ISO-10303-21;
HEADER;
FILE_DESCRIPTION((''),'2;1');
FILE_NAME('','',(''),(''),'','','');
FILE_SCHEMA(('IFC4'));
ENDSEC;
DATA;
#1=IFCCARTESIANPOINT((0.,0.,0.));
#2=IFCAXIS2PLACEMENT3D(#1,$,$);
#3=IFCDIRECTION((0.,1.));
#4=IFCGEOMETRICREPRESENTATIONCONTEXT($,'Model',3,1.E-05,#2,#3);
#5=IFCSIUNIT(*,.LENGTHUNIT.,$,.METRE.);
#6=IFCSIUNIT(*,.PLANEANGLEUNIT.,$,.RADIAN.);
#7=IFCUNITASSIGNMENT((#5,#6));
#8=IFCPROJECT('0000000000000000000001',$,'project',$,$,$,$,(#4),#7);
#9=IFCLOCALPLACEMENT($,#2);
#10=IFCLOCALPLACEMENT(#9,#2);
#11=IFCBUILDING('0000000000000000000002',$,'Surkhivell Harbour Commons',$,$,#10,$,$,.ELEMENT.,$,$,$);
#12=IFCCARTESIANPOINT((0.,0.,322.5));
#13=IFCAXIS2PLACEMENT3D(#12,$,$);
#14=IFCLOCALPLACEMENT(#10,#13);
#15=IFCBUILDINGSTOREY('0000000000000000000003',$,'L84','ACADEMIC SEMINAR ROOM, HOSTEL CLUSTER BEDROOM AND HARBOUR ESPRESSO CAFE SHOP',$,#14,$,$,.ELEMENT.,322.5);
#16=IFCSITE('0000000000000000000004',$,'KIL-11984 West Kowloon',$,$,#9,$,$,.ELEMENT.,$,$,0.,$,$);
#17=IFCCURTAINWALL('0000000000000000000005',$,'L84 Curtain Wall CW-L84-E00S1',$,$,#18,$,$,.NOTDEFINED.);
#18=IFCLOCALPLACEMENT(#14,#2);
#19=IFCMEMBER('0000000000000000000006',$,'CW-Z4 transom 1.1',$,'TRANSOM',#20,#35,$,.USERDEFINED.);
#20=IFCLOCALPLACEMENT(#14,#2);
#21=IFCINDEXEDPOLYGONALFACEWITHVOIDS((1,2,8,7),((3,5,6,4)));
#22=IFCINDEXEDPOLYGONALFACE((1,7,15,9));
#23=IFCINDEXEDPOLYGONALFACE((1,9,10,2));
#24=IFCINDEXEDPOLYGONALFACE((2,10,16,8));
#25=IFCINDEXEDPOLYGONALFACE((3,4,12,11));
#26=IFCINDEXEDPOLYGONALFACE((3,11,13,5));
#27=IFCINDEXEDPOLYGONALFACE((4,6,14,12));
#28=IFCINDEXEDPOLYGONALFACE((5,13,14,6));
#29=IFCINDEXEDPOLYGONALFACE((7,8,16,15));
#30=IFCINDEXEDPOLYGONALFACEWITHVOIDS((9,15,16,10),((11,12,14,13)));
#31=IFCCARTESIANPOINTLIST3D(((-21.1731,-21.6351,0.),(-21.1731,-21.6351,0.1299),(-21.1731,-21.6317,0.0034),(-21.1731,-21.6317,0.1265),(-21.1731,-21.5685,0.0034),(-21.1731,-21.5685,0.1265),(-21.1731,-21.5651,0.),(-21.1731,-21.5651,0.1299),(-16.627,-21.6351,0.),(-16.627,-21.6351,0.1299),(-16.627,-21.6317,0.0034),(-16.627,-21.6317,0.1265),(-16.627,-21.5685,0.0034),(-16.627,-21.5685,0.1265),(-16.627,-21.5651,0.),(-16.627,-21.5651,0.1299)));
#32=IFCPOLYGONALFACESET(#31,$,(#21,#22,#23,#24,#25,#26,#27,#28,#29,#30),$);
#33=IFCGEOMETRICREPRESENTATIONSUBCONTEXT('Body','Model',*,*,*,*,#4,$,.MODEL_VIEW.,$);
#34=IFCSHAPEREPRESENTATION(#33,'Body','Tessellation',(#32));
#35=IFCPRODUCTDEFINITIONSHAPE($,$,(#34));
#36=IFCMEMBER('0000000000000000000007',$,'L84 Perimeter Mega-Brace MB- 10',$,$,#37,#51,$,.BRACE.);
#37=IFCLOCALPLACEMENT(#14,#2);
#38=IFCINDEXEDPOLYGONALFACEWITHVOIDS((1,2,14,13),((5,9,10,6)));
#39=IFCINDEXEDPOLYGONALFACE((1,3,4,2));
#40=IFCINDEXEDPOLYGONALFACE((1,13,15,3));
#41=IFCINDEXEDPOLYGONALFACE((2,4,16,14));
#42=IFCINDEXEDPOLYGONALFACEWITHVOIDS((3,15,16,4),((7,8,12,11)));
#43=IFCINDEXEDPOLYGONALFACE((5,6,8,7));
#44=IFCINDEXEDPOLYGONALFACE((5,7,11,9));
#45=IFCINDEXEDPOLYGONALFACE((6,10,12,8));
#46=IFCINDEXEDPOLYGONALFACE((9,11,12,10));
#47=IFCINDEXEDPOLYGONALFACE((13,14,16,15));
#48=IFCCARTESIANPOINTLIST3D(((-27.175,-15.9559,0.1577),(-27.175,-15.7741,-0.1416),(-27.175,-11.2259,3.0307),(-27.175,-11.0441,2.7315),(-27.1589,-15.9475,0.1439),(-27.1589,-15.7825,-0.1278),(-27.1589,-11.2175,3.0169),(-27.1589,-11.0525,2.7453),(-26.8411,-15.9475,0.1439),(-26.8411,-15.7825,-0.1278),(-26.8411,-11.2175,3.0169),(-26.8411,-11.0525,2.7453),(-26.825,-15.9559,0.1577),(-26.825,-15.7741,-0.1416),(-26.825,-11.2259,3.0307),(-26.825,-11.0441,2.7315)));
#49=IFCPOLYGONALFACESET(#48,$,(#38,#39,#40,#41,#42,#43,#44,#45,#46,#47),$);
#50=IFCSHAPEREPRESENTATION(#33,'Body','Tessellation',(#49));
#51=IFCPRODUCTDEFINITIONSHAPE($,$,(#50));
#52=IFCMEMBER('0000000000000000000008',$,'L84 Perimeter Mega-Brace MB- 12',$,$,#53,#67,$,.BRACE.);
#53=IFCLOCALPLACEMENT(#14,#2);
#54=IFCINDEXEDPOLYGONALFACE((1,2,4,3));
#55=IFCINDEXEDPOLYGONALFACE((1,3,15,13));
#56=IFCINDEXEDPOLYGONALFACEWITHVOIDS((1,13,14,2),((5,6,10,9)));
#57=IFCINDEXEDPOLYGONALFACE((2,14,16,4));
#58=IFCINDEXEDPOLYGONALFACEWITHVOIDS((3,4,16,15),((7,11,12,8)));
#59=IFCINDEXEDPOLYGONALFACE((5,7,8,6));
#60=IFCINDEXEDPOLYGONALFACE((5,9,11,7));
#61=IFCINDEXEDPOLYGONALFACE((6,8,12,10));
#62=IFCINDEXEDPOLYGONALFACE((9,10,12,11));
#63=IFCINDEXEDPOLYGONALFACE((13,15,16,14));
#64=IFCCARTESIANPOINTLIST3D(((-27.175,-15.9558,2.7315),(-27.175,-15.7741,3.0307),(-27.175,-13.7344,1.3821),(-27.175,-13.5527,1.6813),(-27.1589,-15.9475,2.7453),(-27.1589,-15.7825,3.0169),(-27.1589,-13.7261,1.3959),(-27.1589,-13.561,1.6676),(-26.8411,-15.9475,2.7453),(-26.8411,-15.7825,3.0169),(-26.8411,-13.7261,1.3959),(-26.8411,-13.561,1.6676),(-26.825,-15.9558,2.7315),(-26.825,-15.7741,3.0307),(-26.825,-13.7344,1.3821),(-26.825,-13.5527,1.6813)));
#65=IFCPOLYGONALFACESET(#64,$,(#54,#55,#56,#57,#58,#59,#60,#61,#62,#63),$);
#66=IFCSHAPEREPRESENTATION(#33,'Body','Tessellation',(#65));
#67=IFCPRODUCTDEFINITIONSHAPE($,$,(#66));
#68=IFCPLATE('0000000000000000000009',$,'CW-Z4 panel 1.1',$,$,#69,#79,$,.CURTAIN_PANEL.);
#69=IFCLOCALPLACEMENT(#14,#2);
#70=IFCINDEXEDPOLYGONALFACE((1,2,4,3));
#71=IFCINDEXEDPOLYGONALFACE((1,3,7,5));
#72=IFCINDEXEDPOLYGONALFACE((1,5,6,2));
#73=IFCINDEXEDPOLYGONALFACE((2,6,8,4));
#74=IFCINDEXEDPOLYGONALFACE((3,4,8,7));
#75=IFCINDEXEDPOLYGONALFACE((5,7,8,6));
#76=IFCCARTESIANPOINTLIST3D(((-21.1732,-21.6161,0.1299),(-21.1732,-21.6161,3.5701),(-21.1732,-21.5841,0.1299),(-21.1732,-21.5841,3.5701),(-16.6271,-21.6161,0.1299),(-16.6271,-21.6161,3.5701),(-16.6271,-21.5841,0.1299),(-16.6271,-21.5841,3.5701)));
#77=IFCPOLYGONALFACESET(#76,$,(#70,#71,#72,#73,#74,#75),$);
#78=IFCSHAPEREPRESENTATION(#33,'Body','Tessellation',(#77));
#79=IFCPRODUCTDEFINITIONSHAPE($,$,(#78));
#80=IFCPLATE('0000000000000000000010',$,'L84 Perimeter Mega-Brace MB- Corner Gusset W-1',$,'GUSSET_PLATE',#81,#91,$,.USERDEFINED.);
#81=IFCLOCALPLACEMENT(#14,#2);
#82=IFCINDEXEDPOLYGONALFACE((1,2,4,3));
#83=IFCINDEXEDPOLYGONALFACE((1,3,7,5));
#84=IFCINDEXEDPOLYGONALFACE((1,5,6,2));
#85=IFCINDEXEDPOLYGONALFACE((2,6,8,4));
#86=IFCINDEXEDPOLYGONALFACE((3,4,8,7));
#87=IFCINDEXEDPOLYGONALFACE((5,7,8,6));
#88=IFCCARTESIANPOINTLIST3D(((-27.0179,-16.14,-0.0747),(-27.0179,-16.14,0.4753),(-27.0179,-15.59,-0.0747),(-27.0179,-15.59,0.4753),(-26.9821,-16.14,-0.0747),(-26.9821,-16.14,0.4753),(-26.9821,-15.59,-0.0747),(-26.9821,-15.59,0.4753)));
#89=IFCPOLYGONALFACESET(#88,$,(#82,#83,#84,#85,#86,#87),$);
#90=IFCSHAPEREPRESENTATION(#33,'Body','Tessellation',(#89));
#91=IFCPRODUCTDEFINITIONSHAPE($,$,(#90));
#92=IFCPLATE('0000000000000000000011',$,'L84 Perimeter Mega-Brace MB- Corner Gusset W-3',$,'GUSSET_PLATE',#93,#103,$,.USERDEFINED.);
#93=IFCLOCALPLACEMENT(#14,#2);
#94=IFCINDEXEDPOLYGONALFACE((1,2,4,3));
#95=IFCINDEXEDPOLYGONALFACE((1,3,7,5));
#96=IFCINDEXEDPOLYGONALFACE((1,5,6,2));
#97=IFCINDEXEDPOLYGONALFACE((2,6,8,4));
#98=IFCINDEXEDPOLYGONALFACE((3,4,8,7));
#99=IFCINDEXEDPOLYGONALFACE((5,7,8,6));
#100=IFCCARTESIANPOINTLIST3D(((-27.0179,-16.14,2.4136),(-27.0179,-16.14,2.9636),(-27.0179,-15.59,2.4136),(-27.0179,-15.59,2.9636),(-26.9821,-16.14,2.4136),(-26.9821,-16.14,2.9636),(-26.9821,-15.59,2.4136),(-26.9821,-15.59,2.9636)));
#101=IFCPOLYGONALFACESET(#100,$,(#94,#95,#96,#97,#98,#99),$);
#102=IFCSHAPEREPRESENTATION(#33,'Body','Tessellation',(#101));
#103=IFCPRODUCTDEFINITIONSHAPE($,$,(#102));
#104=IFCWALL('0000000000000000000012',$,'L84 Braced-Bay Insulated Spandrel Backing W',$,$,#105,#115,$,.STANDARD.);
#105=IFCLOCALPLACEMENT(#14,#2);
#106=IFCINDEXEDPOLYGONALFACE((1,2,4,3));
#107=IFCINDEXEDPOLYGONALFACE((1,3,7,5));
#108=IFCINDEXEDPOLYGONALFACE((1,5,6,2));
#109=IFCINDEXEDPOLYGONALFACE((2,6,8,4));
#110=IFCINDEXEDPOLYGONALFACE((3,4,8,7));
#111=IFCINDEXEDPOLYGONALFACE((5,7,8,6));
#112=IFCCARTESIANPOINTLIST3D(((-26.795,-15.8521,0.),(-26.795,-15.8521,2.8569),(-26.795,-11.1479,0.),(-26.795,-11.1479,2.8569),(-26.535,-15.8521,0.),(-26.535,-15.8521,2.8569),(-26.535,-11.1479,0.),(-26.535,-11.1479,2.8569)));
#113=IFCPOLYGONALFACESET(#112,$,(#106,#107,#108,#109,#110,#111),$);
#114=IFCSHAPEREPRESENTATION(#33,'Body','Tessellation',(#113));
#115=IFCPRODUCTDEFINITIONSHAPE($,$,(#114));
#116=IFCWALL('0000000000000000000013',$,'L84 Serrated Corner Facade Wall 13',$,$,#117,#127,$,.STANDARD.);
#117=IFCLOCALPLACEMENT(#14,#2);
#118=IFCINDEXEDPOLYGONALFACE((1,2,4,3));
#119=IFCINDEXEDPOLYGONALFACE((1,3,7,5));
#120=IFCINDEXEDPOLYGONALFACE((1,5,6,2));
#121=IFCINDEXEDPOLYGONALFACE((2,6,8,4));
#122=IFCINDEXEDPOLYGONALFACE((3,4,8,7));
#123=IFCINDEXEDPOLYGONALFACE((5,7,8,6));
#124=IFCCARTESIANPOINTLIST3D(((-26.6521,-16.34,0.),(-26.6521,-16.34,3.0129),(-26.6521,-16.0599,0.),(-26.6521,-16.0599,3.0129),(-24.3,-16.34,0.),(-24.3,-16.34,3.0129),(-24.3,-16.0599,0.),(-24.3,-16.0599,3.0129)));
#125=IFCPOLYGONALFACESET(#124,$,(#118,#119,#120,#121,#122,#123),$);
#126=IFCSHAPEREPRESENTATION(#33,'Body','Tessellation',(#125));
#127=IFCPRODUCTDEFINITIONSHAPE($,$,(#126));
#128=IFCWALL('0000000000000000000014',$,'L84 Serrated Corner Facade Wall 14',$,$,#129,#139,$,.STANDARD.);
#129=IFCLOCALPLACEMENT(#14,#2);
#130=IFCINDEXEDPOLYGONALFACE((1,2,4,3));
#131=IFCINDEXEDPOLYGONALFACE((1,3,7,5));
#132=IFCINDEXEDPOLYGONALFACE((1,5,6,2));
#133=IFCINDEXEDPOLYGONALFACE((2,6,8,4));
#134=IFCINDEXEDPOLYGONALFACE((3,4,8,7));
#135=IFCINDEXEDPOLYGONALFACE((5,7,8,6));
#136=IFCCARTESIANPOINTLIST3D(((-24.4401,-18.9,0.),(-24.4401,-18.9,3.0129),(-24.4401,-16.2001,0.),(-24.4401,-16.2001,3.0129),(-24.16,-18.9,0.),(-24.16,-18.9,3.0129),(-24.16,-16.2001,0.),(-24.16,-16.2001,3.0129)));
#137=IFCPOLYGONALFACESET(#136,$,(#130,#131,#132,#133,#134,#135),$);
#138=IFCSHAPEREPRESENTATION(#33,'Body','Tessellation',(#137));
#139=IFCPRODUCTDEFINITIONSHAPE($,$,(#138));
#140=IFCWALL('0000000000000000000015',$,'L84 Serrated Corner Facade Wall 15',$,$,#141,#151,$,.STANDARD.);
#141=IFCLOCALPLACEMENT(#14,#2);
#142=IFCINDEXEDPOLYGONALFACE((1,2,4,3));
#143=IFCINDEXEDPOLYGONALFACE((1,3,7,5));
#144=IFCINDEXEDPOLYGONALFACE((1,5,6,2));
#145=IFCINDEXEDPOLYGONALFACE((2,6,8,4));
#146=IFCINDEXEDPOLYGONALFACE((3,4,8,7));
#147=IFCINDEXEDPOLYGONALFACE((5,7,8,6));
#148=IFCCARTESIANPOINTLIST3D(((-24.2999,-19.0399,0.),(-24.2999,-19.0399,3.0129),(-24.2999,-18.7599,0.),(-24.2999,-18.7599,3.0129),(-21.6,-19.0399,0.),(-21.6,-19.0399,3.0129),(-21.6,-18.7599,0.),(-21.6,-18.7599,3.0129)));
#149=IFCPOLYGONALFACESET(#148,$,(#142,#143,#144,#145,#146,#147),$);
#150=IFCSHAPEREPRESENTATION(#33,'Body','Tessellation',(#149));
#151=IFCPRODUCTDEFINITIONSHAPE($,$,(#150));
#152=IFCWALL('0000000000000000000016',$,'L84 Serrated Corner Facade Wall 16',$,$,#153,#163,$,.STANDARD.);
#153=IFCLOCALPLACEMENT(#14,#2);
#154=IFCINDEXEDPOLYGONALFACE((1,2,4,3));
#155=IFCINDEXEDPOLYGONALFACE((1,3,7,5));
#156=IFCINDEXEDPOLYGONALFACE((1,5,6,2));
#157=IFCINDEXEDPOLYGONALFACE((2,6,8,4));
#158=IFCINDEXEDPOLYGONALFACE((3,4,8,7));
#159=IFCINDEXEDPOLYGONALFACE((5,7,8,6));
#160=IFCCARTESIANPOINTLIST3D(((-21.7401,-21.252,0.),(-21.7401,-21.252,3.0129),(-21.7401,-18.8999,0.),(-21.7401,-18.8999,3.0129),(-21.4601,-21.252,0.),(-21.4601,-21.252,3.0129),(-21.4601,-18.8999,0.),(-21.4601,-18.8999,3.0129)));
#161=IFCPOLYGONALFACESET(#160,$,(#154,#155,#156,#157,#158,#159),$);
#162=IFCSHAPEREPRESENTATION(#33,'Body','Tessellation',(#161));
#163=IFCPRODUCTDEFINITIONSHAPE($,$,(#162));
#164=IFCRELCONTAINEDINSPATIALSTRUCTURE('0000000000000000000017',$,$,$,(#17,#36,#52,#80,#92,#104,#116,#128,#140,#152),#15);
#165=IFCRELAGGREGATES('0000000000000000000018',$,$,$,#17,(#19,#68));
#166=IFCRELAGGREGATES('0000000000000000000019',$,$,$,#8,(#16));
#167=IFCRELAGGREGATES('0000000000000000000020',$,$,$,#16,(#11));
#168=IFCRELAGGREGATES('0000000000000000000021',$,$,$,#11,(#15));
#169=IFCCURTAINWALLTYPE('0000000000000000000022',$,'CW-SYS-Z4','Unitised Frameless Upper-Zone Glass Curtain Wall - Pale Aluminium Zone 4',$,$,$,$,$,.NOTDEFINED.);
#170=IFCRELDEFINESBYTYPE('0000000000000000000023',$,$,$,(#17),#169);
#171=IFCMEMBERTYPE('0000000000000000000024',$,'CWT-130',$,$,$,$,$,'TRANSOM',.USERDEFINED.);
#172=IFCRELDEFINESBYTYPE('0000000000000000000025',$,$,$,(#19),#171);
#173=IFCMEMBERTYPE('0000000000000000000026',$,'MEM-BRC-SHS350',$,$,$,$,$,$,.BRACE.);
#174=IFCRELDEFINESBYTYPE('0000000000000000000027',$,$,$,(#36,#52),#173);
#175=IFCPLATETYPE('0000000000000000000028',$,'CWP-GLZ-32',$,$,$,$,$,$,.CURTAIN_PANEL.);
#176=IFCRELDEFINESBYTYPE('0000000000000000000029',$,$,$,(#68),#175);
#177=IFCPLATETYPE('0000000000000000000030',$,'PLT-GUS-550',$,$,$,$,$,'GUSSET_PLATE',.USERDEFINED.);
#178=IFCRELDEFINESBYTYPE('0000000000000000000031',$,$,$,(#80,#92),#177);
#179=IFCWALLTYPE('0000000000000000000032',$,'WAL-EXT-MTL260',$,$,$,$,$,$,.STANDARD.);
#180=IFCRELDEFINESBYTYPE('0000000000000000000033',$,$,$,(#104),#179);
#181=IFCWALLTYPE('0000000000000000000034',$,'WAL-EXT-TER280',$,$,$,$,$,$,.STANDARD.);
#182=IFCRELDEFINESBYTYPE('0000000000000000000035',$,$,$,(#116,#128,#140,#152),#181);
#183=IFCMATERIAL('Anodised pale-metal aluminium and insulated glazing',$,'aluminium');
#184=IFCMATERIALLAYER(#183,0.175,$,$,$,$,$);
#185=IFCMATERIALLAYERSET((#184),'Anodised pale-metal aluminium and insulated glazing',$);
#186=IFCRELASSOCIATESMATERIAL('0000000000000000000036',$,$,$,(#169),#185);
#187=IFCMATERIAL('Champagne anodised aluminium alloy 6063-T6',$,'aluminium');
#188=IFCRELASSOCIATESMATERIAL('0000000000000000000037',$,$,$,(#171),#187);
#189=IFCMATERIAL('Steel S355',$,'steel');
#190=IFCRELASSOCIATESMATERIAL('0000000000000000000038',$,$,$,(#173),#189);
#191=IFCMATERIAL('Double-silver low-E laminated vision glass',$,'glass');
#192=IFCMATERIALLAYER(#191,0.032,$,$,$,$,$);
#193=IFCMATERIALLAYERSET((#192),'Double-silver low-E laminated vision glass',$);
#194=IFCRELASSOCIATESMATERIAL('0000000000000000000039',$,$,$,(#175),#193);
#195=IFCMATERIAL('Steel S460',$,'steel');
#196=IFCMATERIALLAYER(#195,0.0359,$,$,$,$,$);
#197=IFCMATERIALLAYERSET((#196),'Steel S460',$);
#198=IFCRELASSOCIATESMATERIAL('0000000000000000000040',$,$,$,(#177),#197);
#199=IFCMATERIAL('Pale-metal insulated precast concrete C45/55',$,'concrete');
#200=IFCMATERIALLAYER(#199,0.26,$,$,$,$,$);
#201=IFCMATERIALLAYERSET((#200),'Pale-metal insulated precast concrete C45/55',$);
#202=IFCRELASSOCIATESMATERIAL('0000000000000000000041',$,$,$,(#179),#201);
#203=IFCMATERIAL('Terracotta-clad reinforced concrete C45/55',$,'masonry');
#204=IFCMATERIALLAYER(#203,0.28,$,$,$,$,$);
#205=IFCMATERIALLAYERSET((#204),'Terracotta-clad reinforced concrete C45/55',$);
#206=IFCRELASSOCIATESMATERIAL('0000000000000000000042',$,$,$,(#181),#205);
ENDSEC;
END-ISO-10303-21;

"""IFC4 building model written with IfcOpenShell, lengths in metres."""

from ifc_helpers import new_model, si_unit, direction, frame, frame_2d, origin, origin_2d, place, context, subcontext, project, spatial, rectangle, hollow_rectangle, extrude, material, layer, layer_set, material_profile, profile_set, type_object, element, aggregate, save


model = new_model("IFC4")

# Units and contexts
model_context = context("Model", 3, precision=1e-05, world=origin(), true_north=direction((0.0, 1.0)))
body_context = subcontext(model_context, "Body", "Model", "MODEL_VIEW")
ifc_project = project(units=[si_unit("LENGTHUNIT", "METRE"), si_unit("PLANEANGLEUNIT", "RADIAN")], contexts=[model_context])

# Site, building, storey
site_placement = place(None, origin())
site = spatial("IfcSite", under=ifc_project, at=site_placement, Name="KIL-11984 West Kowloon", CompositionType="ELEMENT", RefElevation=0.0)
building_placement = place(site_placement, origin())
building = spatial("IfcBuilding", under=site, at=building_placement, Name="Surkhivell Harbour Commons", CompositionType="ELEMENT")
storey_placement = place(building_placement, frame((0.0, 0.0, 322.5)))
storey = spatial("IfcBuildingStorey", under=building, at=storey_placement, Name="L84", Description="ACADEMIC SEMINAR ROOM, HOSTEL CLUSTER BEDROOM AND HARBOUR ESPRESSO CAFE SHOP", CompositionType="ELEMENT", Elevation=322.5)

# Shared definitions
ifc_material_1 = material(Name="Steel S355", Category="steel")

# Curtain wall, member
ifc_material_2 = material(Name="Anodised pale-metal aluminium and insulated glazing", Category="aluminium")
ifc_layer_1 = layer(ifc_material_2, 0.175)
ifc_layer_set_1 = layer_set([ifc_layer_1], Name="Anodised pale-metal aluminium and insulated glazing")
curtain_wall_type = type_object("IfcCurtainWallType", Name="CW-SYS-Z4", Description="Unitised Frameless Upper-Zone Glass Curtain Wall - Pale Aluminium Zone 4", PredefinedType="NOTDEFINED", material=ifc_layer_set_1)
curtain_wall_placement = place(storey_placement, origin())
curtain_wall = element("IfcCurtainWall", 1, at=curtain_wall_placement, inside=storey, type_object=curtain_wall_type, Name="L84 Curtain Wall CW-L84-E00S1", PredefinedType="NOTDEFINED")
ifc_material_3 = material(Name="Champagne anodised aluminium alloy 6063-T6", Category="aluminium")
ifc_material_profile_1 = material_profile(ifc_material_3, hollow_rectangle(XDim=0.0701, YDim=0.1299, WallThickness=0.0034, at=origin_2d()), Name="ALU-TRAN-70x130")
ifc_profile_set_1 = profile_set([ifc_material_profile_1], Name="Champagne anodised aluminium alloy 6063-T6")
member_type_1 = type_object("IfcMemberType", Name="CWT-130", ElementType="TRANSOM", PredefinedType="USERDEFINED", material=ifc_profile_set_1)
member_1_placement = place(storey_placement, frame((-21.1731, -21.6001, 0.0649), z_axis=(1.0, 0.0, 0.0), x_axis=(0.0, 1.0, 0.0)))
member_1 = element("IfcMember", 2, at=member_1_placement, type_object=member_type_1, Name="CW-Z4 transom 1.1", ObjectType="TRANSOM", PredefinedType="USERDEFINED", context=body_context, shape_type="SweptSolid", body=[
    extrude(hollow_rectangle(XDim=0.0701, YDim=0.1299, WallThickness=0.0034, at=origin_2d()), origin(), (0.0, 0.0, 1.0), 4.5461),
])

# Members
ifc_material_profile_2 = material_profile(ifc_material_1, hollow_rectangle(XDim=0.3501, YDim=0.3501, WallThickness=0.0161, at=origin_2d()), Name="SHS350x350x16")
ifc_profile_set_2 = profile_set([ifc_material_profile_2], Name="Steel S355")
member_type_2 = type_object("IfcMemberType", Name="MEM-BRC-SHS350", PredefinedType="BRACE", material=ifc_profile_set_2)
member_2_placement = place(storey_placement, frame((-27.0, -15.865, 0.0081), z_axis=(0.0, 0.854685, 0.519146), x_axis=(-1.0, 0.0, 0.0)))
element("IfcMember", 3, at=member_2_placement, inside=storey, type_object=member_type_2, Name="L84 Perimeter Mega-Brace MB- 10", PredefinedType="BRACE", context=body_context, shape_type="SweptSolid", body=[
    extrude(hollow_rectangle(XDim=0.3501, YDim=0.3501, WallThickness=0.0161, at=origin_2d()), origin(), (0.0, 0.0, 1.0), 5.5342),
])
member_3_placement = place(storey_placement, frame((-27.0, -13.6436, 1.5317), z_axis=(0.0, -0.854679, 0.519157), x_axis=(1.0, 0.0, 0.0)))
element("IfcMember", 4, at=member_3_placement, inside=storey, type_object=member_type_2, Name="L84 Perimeter Mega-Brace MB- 12", PredefinedType="BRACE", context=body_context, shape_type="SweptSolid", body=[
    extrude(hollow_rectangle(XDim=0.3501, YDim=0.3501, WallThickness=0.0161, at=origin_2d()), origin(), (0.0, 0.0, 1.0), 2.5991),
])

# Plate
ifc_material_4 = material(Name="Double-silver low-E laminated vision glass", Category="glass")
ifc_layer_2 = layer(ifc_material_4, 0.032)
ifc_layer_set_2 = layer_set([ifc_layer_2], Name="Double-silver low-E laminated vision glass")
plate_type_1 = type_object("IfcPlateType", Name="CWP-GLZ-32", PredefinedType="CURTAIN_PANEL", material=ifc_layer_set_2)
plate_placement = place(storey_placement, frame((-21.1731, -21.6001, 0.1299), z_axis=(0.0, 0.0, 1.0), x_axis=(1.0, 0.0, 0.0)))
plate = element("IfcPlate", 5, at=plate_placement, type_object=plate_type_1, Name="CW-Z4 panel 1.1", PredefinedType="CURTAIN_PANEL", context=body_context, shape_type="SweptSolid", body=[
    extrude(rectangle(XDim=4.5461, YDim=0.032, at=frame_2d((2.2729, 0.0))), origin(), (0.0, 0.0, 1.0), 3.4402),
])
aggregate(curtain_wall, [member_1, plate])

# Plates
ifc_material_5 = material(Name="Steel S460", Category="steel")
ifc_layer_3 = layer(ifc_material_5, 0.0359)
ifc_layer_set_3 = layer_set([ifc_layer_3], Name="Steel S460")
plate_type_2 = type_object("IfcPlateType", Name="PLT-GUS-550", ElementType="GUSSET_PLATE", PredefinedType="USERDEFINED", material=ifc_layer_set_3)
for number, where, z_axis, x_axis, name in (
    (6, (-27.0, -15.865, -0.0747), (0.0, 0.0, 1.0), (0.0, 1.0, 0.0), "L84 Perimeter Mega-Brace MB- Corner Gusset W-1"),
    (7, (-27.0, -15.865, 2.4136), (0.0, 0.0, 1.0), (0.0, 1.0, 0.0), "L84 Perimeter Mega-Brace MB- Corner Gusset W-3"),
):
    element("IfcPlate", number, at=place(storey_placement, frame(where, z_axis=z_axis, x_axis=x_axis)), inside=storey, type_object=plate_type_2, Name=name, ObjectType="GUSSET_PLATE", PredefinedType="USERDEFINED", context=body_context, shape_type="SweptSolid", body=[
        extrude(rectangle(XDim=0.55, YDim=0.0359, at=origin_2d()), origin(), (0.0, 0.0, 1.0), 0.55),
    ])

# Walls
ifc_material_6 = material(Name="Pale-metal insulated precast concrete C45/55", Category="concrete")
ifc_layer_4 = layer(ifc_material_6, 0.26)
ifc_layer_set_4 = layer_set([ifc_layer_4], Name="Pale-metal insulated precast concrete C45/55")
wall_type_1 = type_object("IfcWallType", Name="WAL-EXT-MTL260", PredefinedType="STANDARD", material=ifc_layer_set_4)
wall_1_placement = place(storey_placement, frame((-26.665, -15.8521, 0.0), z_axis=(0.0, 0.0, 1.0), x_axis=(0.0, 1.0, 0.0)))
element("IfcWall", 8, at=wall_1_placement, inside=storey, type_object=wall_type_1, Name="L84 Braced-Bay Insulated Spandrel Backing W", PredefinedType="STANDARD", context=body_context, shape_type="SweptSolid", body=[
    extrude(rectangle(XDim=4.7041, YDim=0.26, at=frame_2d((2.3521, 0.0))), origin(), (0.0, 0.0, 1.0), 2.8569),
])
ifc_material_7 = material(Name="Terracotta-clad reinforced concrete C45/55", Category="masonry")
ifc_layer_5 = layer(ifc_material_7, 0.28)
ifc_layer_set_5 = layer_set([ifc_layer_5], Name="Terracotta-clad reinforced concrete C45/55")
wall_type_2 = type_object("IfcWallType", Name="WAL-EXT-TER280", PredefinedType="STANDARD", material=ifc_layer_set_5)
wall_2_placement = place(storey_placement, frame((-26.6521, -16.2, 0.0), z_axis=(0.0, 0.0, 1.0), x_axis=(1.0, 0.0, 0.0)))
element("IfcWall", 9, at=wall_2_placement, inside=storey, type_object=wall_type_2, Name="L84 Serrated Corner Facade Wall 13", PredefinedType="STANDARD", context=body_context, shape_type="SweptSolid", body=[
    extrude(rectangle(XDim=2.3521, YDim=0.28, at=frame_2d((1.176, 0.0))), origin(), (0.0, 0.0, 1.0), 3.0129),
])
for number, where, z_axis, x_axis, name in (
    (10, (-24.3, -16.2, 0.0), (0.0, 0.0, 1.0), (0.0, -1.0, 0.0), "L84 Serrated Corner Facade Wall 14"),
    (11, (-24.3, -18.8999, 0.0), (0.0, 0.0, 1.0), (1.0, 0.0, 0.0), "L84 Serrated Corner Facade Wall 15"),
):
    element("IfcWall", number, at=place(storey_placement, frame(where, z_axis=z_axis, x_axis=x_axis)), inside=storey, type_object=wall_type_2, Name=name, PredefinedType="STANDARD", context=body_context, shape_type="SweptSolid", body=[
        extrude(rectangle(XDim=2.7, YDim=0.28, at=frame_2d((1.3501, 0.0))), origin(), (0.0, 0.0, 1.0), 3.0129),
    ])
wall_3_placement = place(storey_placement, frame((-21.6001, -18.8999, 0.0), z_axis=(0.0, 0.0, 1.0), x_axis=(0.0, -1.0, 0.0)))
element("IfcWall", 12, at=wall_3_placement, inside=storey, type_object=wall_type_2, Name="L84 Serrated Corner Facade Wall 16", PredefinedType="STANDARD", context=body_context, shape_type="SweptSolid", body=[
    extrude(rectangle(XDim=2.3521, YDim=0.28, at=frame_2d((1.176, 0.0))), origin(), (0.0, 0.0, 1.0), 3.0129),
])

save(model, "model.ifc")
